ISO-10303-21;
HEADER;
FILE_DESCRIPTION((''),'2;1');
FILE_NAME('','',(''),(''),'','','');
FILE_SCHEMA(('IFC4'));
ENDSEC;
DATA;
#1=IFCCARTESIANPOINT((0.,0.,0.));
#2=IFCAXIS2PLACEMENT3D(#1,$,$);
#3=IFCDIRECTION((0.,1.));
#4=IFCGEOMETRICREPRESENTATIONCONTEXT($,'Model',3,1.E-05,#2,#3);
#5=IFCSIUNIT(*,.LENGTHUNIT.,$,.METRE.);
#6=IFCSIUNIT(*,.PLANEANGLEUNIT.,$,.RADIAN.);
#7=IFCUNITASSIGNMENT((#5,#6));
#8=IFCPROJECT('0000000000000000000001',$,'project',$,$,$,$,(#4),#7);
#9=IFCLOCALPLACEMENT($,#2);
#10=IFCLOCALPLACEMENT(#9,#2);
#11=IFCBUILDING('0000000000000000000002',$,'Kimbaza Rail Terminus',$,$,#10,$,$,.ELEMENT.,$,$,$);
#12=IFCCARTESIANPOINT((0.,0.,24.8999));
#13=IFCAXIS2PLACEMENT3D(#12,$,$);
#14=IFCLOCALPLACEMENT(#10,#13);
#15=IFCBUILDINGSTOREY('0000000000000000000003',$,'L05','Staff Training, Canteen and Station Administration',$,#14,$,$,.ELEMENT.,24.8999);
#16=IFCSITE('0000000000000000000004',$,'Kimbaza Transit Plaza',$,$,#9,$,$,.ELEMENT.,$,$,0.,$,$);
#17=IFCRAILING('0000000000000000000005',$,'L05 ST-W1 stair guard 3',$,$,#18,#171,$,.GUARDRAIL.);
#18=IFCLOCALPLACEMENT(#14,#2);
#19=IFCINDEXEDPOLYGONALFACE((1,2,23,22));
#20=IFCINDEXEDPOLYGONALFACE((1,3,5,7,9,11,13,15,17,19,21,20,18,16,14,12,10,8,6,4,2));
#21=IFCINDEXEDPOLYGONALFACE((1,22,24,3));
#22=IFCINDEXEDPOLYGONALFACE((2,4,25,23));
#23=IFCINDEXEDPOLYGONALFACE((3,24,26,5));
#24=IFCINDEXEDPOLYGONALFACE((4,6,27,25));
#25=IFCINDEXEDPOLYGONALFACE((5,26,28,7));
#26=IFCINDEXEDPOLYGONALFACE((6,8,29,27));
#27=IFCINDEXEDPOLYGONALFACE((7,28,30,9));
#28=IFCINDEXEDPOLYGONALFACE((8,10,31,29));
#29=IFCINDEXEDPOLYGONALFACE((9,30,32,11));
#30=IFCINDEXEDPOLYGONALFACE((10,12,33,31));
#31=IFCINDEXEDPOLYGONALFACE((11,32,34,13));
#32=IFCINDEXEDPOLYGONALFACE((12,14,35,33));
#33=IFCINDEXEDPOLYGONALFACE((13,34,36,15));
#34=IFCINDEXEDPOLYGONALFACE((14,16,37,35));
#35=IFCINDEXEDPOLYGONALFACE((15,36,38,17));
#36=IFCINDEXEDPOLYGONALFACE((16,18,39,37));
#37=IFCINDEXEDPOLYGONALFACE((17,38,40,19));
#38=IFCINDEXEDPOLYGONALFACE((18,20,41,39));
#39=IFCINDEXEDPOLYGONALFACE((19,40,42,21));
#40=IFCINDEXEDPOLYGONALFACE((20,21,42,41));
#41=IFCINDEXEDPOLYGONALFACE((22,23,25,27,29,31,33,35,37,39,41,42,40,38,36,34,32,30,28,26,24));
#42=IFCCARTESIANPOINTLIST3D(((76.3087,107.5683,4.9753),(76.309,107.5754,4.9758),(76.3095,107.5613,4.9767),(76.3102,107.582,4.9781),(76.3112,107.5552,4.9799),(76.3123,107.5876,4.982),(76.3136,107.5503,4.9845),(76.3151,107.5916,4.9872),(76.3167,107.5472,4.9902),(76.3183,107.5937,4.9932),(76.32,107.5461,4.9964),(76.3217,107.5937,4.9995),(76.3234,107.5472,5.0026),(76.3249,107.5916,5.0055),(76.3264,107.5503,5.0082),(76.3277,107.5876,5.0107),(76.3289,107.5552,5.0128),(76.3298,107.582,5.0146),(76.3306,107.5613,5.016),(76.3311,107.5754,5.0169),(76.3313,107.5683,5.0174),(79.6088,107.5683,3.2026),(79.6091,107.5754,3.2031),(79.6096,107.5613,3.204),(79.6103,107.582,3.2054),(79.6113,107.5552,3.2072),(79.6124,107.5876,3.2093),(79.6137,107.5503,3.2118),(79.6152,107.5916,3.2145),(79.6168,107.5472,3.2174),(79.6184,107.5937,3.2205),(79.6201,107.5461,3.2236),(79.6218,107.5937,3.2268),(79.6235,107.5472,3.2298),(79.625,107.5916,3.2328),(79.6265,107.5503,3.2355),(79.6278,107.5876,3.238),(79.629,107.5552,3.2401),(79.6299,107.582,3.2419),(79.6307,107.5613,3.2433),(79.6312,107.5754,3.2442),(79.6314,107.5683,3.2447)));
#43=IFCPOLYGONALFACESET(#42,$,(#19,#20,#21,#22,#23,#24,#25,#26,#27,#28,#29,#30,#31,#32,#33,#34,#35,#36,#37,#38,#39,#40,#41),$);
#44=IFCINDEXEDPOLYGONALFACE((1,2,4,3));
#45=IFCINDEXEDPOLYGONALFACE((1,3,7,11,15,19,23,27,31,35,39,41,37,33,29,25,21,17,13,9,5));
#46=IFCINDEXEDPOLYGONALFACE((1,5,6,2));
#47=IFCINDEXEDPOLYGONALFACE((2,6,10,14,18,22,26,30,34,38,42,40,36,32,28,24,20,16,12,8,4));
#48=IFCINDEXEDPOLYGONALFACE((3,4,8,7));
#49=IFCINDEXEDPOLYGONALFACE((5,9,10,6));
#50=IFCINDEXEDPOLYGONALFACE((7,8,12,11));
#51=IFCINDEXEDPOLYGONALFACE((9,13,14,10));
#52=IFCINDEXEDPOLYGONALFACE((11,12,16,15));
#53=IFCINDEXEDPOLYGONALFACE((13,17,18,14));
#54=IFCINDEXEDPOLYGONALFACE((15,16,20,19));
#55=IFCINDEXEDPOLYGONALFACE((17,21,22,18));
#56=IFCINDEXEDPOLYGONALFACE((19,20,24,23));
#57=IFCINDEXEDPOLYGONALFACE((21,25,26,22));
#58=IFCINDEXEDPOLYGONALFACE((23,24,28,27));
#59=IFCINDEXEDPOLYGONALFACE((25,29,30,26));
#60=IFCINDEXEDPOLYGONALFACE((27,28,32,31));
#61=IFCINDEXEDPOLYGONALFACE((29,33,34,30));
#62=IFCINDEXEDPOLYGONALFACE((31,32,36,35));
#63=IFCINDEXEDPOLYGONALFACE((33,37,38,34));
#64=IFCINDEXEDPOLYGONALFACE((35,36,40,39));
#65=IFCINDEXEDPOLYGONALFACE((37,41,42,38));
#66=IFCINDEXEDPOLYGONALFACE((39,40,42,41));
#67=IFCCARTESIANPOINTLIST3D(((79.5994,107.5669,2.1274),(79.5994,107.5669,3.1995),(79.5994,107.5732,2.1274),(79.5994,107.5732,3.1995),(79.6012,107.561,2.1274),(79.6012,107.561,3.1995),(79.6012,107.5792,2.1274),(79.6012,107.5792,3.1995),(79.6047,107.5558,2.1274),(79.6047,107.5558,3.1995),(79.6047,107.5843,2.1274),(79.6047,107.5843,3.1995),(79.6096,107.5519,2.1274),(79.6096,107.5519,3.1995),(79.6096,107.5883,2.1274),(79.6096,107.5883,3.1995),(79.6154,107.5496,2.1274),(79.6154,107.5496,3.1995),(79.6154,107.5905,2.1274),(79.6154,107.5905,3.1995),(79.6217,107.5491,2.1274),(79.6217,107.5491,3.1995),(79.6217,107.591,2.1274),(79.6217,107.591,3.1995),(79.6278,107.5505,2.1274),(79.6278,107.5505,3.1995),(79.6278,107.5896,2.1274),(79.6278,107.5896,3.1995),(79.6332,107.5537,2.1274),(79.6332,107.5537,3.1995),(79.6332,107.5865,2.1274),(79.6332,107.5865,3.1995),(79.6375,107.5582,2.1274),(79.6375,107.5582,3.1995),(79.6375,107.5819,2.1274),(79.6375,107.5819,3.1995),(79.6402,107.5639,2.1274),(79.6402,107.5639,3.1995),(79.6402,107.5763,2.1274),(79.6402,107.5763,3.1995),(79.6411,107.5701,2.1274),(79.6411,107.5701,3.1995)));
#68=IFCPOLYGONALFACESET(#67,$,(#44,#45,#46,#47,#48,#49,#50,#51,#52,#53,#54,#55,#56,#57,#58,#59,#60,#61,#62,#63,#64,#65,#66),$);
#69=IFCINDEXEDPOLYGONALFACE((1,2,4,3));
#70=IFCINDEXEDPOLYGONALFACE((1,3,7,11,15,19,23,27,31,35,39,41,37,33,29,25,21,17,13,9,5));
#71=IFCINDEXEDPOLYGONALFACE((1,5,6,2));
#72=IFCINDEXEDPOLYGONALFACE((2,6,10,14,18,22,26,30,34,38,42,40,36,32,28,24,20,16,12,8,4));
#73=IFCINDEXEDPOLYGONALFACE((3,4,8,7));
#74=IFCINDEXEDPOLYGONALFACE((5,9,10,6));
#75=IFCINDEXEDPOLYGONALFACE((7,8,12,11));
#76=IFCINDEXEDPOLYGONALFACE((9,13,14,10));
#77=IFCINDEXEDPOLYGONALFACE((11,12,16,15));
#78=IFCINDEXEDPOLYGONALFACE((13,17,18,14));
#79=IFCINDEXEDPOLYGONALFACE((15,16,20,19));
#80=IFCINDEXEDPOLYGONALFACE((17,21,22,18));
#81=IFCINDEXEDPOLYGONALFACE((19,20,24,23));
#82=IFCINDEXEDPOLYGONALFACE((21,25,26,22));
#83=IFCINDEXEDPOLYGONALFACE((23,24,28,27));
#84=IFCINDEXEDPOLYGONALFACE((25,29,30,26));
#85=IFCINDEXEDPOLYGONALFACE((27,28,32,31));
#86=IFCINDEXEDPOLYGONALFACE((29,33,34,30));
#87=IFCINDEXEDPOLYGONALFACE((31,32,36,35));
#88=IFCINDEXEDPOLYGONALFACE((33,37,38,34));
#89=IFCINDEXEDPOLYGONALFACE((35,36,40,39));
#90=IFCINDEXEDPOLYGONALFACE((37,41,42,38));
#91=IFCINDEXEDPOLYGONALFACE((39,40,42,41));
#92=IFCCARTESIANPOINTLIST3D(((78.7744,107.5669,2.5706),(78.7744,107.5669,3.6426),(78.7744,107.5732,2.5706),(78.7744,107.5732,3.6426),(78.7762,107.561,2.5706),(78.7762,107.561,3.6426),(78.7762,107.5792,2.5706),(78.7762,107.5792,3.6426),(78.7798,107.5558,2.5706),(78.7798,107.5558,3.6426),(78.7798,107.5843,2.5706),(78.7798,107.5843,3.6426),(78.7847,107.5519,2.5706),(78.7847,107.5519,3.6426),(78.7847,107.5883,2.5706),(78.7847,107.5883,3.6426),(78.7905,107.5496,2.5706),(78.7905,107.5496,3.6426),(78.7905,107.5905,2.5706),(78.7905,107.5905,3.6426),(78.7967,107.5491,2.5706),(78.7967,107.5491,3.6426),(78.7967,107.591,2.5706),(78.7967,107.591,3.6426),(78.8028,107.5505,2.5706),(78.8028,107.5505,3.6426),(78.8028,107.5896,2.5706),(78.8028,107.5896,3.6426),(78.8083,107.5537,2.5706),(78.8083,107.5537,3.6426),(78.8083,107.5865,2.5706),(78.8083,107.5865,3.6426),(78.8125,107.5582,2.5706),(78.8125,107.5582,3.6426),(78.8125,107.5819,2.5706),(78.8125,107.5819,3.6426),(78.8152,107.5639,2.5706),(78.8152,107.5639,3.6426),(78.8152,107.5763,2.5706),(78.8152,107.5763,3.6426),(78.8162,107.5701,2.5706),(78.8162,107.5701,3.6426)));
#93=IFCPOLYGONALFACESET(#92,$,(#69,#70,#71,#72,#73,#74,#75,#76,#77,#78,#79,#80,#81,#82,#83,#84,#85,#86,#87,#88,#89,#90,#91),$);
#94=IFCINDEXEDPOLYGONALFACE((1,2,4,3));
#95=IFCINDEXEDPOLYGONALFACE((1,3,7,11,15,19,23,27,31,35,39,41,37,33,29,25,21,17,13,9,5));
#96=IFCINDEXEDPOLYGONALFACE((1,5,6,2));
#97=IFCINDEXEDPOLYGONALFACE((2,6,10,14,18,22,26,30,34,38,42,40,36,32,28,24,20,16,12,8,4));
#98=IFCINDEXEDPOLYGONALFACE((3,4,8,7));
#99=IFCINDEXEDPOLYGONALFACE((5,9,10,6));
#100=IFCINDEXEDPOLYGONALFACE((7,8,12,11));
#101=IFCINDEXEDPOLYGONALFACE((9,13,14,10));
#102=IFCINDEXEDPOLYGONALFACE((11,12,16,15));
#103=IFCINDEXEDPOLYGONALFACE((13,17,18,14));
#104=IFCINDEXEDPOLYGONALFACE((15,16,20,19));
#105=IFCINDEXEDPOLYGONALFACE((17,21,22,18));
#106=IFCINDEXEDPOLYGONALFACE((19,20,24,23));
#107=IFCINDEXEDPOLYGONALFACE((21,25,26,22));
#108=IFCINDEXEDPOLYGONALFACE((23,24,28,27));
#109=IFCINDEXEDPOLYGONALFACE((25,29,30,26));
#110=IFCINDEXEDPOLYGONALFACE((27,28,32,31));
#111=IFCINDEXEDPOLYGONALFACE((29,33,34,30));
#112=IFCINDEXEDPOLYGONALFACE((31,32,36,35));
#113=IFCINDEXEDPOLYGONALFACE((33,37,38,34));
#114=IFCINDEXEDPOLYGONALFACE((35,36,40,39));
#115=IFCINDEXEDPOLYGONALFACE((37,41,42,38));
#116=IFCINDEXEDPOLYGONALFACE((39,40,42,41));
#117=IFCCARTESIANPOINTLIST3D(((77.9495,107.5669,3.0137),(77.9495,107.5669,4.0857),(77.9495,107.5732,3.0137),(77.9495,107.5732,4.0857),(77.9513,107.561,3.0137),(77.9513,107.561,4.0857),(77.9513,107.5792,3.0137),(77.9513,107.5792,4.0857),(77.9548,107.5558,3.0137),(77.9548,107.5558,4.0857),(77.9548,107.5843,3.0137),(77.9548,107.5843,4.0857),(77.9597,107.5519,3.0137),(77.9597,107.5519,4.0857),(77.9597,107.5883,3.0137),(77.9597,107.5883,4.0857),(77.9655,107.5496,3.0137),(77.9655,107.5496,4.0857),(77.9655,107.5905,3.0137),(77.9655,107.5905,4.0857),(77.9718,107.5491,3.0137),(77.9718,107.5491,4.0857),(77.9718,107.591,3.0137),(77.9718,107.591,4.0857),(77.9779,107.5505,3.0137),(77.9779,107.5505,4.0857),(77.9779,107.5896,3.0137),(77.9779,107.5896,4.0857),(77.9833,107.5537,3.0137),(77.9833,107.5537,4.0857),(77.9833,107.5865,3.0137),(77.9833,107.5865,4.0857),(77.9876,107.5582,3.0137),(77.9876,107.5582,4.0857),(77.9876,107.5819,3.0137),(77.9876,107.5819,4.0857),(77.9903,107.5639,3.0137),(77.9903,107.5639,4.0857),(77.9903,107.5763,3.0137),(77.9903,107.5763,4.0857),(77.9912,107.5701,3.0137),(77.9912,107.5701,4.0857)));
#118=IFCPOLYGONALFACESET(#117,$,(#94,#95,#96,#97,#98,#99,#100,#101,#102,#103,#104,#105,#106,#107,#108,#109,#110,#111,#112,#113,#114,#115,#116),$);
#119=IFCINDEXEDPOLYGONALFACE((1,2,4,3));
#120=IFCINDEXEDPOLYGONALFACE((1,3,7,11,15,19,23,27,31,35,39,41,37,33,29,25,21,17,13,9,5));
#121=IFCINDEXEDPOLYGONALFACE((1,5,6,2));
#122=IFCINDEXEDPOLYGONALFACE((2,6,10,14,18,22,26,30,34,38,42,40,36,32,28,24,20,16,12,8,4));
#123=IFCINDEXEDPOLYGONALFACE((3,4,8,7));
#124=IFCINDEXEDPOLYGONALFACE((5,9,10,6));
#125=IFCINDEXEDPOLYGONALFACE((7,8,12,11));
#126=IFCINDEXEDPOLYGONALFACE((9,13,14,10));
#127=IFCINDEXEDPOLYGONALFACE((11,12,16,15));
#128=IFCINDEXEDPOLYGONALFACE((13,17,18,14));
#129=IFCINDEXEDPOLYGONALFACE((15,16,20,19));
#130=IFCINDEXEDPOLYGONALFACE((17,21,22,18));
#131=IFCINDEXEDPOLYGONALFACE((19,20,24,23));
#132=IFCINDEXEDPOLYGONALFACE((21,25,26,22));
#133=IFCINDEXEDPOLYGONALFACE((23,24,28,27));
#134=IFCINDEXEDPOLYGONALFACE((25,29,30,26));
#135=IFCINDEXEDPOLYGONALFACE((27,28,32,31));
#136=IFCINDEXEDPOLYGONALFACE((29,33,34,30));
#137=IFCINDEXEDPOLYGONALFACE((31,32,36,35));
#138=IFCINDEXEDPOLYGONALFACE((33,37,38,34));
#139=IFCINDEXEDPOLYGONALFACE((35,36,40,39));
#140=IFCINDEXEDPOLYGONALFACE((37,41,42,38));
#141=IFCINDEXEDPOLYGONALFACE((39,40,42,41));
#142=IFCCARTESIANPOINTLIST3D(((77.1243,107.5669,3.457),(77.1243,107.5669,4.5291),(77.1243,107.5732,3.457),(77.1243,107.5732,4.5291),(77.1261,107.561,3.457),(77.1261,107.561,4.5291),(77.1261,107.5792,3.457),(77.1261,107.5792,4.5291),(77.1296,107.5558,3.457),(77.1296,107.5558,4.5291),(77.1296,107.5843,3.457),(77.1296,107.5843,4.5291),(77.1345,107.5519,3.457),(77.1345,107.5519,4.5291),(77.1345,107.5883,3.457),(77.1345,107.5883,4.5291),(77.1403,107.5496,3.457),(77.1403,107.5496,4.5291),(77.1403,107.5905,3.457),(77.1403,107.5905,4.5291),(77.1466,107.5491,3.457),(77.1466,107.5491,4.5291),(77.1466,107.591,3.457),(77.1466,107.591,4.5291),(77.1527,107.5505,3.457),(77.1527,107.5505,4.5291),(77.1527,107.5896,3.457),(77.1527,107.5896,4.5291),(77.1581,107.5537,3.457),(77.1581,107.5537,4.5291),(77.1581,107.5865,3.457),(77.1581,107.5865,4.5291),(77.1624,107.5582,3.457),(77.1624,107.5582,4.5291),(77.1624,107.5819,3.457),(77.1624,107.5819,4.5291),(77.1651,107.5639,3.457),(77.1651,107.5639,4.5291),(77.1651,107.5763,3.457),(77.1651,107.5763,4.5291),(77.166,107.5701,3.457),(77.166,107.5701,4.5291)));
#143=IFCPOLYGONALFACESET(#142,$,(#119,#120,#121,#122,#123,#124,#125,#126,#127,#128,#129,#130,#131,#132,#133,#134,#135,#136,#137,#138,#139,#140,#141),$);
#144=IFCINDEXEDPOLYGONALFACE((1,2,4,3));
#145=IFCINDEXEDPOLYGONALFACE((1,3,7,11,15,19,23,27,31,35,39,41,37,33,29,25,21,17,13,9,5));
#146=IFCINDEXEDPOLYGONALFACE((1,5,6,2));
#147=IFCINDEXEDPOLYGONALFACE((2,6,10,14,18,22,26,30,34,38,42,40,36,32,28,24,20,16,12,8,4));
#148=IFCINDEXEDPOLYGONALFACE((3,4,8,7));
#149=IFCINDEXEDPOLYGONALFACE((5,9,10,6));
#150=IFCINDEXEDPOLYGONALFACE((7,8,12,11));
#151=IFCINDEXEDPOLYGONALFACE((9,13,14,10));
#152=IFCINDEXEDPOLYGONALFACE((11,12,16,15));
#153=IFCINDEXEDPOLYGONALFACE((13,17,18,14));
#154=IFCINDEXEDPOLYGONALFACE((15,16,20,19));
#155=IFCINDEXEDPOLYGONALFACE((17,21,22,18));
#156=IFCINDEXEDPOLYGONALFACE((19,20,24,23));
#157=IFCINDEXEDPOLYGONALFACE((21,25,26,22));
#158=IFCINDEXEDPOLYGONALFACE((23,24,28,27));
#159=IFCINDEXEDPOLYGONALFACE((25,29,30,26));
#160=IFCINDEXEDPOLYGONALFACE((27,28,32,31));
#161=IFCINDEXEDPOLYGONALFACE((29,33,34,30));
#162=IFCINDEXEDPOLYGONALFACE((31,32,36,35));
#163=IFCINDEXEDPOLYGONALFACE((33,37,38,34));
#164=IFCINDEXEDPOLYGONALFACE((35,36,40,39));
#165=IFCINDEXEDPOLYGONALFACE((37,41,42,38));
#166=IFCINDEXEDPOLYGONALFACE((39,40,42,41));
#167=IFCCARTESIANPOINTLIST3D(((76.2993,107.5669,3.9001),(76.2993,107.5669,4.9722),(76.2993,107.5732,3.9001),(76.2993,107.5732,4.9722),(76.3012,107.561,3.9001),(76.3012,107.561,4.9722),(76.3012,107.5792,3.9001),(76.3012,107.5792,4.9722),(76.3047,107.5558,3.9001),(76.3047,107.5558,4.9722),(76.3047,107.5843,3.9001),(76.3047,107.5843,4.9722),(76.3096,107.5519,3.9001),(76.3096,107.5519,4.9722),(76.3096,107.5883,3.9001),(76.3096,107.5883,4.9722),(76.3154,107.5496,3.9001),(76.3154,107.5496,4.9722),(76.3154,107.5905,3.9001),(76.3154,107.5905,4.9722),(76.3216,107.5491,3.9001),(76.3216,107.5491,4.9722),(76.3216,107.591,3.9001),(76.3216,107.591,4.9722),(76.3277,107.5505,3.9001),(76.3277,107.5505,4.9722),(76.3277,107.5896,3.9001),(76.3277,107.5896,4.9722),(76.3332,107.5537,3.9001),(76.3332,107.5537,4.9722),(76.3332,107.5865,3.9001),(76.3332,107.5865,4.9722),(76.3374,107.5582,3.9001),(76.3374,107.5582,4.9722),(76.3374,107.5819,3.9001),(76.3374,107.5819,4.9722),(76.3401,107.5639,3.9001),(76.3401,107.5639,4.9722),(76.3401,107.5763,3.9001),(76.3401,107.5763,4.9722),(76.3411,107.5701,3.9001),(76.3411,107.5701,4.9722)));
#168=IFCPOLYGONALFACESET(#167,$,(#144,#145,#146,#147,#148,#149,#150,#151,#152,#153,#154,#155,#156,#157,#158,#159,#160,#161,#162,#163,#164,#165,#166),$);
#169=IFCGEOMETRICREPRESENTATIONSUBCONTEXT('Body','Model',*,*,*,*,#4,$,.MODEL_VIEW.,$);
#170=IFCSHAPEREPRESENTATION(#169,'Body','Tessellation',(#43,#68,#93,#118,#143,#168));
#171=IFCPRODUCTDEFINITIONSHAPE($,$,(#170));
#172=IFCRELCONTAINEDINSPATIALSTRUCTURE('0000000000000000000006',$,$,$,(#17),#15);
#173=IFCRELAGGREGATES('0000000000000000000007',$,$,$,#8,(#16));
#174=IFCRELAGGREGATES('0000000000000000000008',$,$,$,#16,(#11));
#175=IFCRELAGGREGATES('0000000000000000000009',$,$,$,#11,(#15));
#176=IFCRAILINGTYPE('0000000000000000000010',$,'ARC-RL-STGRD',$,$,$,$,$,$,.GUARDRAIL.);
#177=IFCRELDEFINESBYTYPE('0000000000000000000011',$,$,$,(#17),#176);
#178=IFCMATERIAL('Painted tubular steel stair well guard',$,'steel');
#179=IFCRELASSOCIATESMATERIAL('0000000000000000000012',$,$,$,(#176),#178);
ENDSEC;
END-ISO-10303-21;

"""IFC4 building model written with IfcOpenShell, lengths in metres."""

from ifc_helpers import new_model, si_unit, direction, frame, origin, origin_2d, place, context, subcontext, project, spatial, circle, extrude, material, type_object, element, save


model = new_model("IFC4")

# Units and contexts
model_context = context("Model", 3, precision=1e-05, world=origin(), true_north=direction((0.0, 1.0)))
body_context = subcontext(model_context, "Body", "Model", "MODEL_VIEW")
ifc_project = project(units=[si_unit("LENGTHUNIT", "METRE"), si_unit("PLANEANGLEUNIT", "RADIAN")], contexts=[model_context])

# Site, building, storey
site_placement = place(None, origin())
site = spatial("IfcSite", under=ifc_project, at=site_placement, Name="Kimbaza Transit Plaza", CompositionType="ELEMENT", RefElevation=0.0)
building_placement = place(site_placement, origin())
building = spatial("IfcBuilding", under=site, at=building_placement, Name="Kimbaza Rail Terminus", CompositionType="ELEMENT")
storey_placement = place(building_placement, frame((0.0, 0.0, 24.8999)))
storey = spatial("IfcBuildingStorey", under=building, at=storey_placement, Name="L05", Description="Staff Training, Canteen and Station Administration", CompositionType="ELEMENT", Elevation=24.8999)

# Railing
ifc_material_1 = material(Name="Painted tubular steel stair well guard", Category="steel")
railing_type_1 = type_object("IfcRailingType", Name="ARC-RL-STGRD", PredefinedType="GUARDRAIL", material=ifc_material_1)
railing_1_placement = place(storey_placement, frame((79.6201, 107.5701, 2.1274)))
element("IfcRailing", 1, at=railing_1_placement, inside=storey, type_object=railing_type_1, Name="L05 ST-W1 stair guard 3", PredefinedType="GUARDRAIL", context=body_context, shape_type="SweptSolid", body=[
    extrude(circle(Radius=0.0239, at=origin_2d()), frame((0.0, 0.0, 1.0962), z_axis=(-0.880944, 0.0, 0.473221), x_axis=(0.0, -1.0, 0.0)), (0.0, 0.0, 1.0), 3.7461),
    extrude(circle(Radius=0.021, at=origin_2d()), origin(), (0.0, 0.0, 1.0), 1.072),
    extrude(circle(Radius=0.021, at=origin_2d()), frame((-0.825, 0.0, 0.4431)), (0.0, 0.0, 1.0), 1.072),
    extrude(circle(Radius=0.021, at=origin_2d()), frame((-1.6499, 0.0, 0.8862)), (0.0, 0.0, 1.0), 1.072),
    extrude(circle(Radius=0.021, at=origin_2d()), frame((-2.4751, 0.0, 1.3296)), (0.0, 0.0, 1.0), 1.072),
    extrude(circle(Radius=0.021, at=origin_2d()), frame((-3.3, 0.0, 1.7727)), (0.0, 0.0, 1.0), 1.072),
])

save(model, "model.ifc")
